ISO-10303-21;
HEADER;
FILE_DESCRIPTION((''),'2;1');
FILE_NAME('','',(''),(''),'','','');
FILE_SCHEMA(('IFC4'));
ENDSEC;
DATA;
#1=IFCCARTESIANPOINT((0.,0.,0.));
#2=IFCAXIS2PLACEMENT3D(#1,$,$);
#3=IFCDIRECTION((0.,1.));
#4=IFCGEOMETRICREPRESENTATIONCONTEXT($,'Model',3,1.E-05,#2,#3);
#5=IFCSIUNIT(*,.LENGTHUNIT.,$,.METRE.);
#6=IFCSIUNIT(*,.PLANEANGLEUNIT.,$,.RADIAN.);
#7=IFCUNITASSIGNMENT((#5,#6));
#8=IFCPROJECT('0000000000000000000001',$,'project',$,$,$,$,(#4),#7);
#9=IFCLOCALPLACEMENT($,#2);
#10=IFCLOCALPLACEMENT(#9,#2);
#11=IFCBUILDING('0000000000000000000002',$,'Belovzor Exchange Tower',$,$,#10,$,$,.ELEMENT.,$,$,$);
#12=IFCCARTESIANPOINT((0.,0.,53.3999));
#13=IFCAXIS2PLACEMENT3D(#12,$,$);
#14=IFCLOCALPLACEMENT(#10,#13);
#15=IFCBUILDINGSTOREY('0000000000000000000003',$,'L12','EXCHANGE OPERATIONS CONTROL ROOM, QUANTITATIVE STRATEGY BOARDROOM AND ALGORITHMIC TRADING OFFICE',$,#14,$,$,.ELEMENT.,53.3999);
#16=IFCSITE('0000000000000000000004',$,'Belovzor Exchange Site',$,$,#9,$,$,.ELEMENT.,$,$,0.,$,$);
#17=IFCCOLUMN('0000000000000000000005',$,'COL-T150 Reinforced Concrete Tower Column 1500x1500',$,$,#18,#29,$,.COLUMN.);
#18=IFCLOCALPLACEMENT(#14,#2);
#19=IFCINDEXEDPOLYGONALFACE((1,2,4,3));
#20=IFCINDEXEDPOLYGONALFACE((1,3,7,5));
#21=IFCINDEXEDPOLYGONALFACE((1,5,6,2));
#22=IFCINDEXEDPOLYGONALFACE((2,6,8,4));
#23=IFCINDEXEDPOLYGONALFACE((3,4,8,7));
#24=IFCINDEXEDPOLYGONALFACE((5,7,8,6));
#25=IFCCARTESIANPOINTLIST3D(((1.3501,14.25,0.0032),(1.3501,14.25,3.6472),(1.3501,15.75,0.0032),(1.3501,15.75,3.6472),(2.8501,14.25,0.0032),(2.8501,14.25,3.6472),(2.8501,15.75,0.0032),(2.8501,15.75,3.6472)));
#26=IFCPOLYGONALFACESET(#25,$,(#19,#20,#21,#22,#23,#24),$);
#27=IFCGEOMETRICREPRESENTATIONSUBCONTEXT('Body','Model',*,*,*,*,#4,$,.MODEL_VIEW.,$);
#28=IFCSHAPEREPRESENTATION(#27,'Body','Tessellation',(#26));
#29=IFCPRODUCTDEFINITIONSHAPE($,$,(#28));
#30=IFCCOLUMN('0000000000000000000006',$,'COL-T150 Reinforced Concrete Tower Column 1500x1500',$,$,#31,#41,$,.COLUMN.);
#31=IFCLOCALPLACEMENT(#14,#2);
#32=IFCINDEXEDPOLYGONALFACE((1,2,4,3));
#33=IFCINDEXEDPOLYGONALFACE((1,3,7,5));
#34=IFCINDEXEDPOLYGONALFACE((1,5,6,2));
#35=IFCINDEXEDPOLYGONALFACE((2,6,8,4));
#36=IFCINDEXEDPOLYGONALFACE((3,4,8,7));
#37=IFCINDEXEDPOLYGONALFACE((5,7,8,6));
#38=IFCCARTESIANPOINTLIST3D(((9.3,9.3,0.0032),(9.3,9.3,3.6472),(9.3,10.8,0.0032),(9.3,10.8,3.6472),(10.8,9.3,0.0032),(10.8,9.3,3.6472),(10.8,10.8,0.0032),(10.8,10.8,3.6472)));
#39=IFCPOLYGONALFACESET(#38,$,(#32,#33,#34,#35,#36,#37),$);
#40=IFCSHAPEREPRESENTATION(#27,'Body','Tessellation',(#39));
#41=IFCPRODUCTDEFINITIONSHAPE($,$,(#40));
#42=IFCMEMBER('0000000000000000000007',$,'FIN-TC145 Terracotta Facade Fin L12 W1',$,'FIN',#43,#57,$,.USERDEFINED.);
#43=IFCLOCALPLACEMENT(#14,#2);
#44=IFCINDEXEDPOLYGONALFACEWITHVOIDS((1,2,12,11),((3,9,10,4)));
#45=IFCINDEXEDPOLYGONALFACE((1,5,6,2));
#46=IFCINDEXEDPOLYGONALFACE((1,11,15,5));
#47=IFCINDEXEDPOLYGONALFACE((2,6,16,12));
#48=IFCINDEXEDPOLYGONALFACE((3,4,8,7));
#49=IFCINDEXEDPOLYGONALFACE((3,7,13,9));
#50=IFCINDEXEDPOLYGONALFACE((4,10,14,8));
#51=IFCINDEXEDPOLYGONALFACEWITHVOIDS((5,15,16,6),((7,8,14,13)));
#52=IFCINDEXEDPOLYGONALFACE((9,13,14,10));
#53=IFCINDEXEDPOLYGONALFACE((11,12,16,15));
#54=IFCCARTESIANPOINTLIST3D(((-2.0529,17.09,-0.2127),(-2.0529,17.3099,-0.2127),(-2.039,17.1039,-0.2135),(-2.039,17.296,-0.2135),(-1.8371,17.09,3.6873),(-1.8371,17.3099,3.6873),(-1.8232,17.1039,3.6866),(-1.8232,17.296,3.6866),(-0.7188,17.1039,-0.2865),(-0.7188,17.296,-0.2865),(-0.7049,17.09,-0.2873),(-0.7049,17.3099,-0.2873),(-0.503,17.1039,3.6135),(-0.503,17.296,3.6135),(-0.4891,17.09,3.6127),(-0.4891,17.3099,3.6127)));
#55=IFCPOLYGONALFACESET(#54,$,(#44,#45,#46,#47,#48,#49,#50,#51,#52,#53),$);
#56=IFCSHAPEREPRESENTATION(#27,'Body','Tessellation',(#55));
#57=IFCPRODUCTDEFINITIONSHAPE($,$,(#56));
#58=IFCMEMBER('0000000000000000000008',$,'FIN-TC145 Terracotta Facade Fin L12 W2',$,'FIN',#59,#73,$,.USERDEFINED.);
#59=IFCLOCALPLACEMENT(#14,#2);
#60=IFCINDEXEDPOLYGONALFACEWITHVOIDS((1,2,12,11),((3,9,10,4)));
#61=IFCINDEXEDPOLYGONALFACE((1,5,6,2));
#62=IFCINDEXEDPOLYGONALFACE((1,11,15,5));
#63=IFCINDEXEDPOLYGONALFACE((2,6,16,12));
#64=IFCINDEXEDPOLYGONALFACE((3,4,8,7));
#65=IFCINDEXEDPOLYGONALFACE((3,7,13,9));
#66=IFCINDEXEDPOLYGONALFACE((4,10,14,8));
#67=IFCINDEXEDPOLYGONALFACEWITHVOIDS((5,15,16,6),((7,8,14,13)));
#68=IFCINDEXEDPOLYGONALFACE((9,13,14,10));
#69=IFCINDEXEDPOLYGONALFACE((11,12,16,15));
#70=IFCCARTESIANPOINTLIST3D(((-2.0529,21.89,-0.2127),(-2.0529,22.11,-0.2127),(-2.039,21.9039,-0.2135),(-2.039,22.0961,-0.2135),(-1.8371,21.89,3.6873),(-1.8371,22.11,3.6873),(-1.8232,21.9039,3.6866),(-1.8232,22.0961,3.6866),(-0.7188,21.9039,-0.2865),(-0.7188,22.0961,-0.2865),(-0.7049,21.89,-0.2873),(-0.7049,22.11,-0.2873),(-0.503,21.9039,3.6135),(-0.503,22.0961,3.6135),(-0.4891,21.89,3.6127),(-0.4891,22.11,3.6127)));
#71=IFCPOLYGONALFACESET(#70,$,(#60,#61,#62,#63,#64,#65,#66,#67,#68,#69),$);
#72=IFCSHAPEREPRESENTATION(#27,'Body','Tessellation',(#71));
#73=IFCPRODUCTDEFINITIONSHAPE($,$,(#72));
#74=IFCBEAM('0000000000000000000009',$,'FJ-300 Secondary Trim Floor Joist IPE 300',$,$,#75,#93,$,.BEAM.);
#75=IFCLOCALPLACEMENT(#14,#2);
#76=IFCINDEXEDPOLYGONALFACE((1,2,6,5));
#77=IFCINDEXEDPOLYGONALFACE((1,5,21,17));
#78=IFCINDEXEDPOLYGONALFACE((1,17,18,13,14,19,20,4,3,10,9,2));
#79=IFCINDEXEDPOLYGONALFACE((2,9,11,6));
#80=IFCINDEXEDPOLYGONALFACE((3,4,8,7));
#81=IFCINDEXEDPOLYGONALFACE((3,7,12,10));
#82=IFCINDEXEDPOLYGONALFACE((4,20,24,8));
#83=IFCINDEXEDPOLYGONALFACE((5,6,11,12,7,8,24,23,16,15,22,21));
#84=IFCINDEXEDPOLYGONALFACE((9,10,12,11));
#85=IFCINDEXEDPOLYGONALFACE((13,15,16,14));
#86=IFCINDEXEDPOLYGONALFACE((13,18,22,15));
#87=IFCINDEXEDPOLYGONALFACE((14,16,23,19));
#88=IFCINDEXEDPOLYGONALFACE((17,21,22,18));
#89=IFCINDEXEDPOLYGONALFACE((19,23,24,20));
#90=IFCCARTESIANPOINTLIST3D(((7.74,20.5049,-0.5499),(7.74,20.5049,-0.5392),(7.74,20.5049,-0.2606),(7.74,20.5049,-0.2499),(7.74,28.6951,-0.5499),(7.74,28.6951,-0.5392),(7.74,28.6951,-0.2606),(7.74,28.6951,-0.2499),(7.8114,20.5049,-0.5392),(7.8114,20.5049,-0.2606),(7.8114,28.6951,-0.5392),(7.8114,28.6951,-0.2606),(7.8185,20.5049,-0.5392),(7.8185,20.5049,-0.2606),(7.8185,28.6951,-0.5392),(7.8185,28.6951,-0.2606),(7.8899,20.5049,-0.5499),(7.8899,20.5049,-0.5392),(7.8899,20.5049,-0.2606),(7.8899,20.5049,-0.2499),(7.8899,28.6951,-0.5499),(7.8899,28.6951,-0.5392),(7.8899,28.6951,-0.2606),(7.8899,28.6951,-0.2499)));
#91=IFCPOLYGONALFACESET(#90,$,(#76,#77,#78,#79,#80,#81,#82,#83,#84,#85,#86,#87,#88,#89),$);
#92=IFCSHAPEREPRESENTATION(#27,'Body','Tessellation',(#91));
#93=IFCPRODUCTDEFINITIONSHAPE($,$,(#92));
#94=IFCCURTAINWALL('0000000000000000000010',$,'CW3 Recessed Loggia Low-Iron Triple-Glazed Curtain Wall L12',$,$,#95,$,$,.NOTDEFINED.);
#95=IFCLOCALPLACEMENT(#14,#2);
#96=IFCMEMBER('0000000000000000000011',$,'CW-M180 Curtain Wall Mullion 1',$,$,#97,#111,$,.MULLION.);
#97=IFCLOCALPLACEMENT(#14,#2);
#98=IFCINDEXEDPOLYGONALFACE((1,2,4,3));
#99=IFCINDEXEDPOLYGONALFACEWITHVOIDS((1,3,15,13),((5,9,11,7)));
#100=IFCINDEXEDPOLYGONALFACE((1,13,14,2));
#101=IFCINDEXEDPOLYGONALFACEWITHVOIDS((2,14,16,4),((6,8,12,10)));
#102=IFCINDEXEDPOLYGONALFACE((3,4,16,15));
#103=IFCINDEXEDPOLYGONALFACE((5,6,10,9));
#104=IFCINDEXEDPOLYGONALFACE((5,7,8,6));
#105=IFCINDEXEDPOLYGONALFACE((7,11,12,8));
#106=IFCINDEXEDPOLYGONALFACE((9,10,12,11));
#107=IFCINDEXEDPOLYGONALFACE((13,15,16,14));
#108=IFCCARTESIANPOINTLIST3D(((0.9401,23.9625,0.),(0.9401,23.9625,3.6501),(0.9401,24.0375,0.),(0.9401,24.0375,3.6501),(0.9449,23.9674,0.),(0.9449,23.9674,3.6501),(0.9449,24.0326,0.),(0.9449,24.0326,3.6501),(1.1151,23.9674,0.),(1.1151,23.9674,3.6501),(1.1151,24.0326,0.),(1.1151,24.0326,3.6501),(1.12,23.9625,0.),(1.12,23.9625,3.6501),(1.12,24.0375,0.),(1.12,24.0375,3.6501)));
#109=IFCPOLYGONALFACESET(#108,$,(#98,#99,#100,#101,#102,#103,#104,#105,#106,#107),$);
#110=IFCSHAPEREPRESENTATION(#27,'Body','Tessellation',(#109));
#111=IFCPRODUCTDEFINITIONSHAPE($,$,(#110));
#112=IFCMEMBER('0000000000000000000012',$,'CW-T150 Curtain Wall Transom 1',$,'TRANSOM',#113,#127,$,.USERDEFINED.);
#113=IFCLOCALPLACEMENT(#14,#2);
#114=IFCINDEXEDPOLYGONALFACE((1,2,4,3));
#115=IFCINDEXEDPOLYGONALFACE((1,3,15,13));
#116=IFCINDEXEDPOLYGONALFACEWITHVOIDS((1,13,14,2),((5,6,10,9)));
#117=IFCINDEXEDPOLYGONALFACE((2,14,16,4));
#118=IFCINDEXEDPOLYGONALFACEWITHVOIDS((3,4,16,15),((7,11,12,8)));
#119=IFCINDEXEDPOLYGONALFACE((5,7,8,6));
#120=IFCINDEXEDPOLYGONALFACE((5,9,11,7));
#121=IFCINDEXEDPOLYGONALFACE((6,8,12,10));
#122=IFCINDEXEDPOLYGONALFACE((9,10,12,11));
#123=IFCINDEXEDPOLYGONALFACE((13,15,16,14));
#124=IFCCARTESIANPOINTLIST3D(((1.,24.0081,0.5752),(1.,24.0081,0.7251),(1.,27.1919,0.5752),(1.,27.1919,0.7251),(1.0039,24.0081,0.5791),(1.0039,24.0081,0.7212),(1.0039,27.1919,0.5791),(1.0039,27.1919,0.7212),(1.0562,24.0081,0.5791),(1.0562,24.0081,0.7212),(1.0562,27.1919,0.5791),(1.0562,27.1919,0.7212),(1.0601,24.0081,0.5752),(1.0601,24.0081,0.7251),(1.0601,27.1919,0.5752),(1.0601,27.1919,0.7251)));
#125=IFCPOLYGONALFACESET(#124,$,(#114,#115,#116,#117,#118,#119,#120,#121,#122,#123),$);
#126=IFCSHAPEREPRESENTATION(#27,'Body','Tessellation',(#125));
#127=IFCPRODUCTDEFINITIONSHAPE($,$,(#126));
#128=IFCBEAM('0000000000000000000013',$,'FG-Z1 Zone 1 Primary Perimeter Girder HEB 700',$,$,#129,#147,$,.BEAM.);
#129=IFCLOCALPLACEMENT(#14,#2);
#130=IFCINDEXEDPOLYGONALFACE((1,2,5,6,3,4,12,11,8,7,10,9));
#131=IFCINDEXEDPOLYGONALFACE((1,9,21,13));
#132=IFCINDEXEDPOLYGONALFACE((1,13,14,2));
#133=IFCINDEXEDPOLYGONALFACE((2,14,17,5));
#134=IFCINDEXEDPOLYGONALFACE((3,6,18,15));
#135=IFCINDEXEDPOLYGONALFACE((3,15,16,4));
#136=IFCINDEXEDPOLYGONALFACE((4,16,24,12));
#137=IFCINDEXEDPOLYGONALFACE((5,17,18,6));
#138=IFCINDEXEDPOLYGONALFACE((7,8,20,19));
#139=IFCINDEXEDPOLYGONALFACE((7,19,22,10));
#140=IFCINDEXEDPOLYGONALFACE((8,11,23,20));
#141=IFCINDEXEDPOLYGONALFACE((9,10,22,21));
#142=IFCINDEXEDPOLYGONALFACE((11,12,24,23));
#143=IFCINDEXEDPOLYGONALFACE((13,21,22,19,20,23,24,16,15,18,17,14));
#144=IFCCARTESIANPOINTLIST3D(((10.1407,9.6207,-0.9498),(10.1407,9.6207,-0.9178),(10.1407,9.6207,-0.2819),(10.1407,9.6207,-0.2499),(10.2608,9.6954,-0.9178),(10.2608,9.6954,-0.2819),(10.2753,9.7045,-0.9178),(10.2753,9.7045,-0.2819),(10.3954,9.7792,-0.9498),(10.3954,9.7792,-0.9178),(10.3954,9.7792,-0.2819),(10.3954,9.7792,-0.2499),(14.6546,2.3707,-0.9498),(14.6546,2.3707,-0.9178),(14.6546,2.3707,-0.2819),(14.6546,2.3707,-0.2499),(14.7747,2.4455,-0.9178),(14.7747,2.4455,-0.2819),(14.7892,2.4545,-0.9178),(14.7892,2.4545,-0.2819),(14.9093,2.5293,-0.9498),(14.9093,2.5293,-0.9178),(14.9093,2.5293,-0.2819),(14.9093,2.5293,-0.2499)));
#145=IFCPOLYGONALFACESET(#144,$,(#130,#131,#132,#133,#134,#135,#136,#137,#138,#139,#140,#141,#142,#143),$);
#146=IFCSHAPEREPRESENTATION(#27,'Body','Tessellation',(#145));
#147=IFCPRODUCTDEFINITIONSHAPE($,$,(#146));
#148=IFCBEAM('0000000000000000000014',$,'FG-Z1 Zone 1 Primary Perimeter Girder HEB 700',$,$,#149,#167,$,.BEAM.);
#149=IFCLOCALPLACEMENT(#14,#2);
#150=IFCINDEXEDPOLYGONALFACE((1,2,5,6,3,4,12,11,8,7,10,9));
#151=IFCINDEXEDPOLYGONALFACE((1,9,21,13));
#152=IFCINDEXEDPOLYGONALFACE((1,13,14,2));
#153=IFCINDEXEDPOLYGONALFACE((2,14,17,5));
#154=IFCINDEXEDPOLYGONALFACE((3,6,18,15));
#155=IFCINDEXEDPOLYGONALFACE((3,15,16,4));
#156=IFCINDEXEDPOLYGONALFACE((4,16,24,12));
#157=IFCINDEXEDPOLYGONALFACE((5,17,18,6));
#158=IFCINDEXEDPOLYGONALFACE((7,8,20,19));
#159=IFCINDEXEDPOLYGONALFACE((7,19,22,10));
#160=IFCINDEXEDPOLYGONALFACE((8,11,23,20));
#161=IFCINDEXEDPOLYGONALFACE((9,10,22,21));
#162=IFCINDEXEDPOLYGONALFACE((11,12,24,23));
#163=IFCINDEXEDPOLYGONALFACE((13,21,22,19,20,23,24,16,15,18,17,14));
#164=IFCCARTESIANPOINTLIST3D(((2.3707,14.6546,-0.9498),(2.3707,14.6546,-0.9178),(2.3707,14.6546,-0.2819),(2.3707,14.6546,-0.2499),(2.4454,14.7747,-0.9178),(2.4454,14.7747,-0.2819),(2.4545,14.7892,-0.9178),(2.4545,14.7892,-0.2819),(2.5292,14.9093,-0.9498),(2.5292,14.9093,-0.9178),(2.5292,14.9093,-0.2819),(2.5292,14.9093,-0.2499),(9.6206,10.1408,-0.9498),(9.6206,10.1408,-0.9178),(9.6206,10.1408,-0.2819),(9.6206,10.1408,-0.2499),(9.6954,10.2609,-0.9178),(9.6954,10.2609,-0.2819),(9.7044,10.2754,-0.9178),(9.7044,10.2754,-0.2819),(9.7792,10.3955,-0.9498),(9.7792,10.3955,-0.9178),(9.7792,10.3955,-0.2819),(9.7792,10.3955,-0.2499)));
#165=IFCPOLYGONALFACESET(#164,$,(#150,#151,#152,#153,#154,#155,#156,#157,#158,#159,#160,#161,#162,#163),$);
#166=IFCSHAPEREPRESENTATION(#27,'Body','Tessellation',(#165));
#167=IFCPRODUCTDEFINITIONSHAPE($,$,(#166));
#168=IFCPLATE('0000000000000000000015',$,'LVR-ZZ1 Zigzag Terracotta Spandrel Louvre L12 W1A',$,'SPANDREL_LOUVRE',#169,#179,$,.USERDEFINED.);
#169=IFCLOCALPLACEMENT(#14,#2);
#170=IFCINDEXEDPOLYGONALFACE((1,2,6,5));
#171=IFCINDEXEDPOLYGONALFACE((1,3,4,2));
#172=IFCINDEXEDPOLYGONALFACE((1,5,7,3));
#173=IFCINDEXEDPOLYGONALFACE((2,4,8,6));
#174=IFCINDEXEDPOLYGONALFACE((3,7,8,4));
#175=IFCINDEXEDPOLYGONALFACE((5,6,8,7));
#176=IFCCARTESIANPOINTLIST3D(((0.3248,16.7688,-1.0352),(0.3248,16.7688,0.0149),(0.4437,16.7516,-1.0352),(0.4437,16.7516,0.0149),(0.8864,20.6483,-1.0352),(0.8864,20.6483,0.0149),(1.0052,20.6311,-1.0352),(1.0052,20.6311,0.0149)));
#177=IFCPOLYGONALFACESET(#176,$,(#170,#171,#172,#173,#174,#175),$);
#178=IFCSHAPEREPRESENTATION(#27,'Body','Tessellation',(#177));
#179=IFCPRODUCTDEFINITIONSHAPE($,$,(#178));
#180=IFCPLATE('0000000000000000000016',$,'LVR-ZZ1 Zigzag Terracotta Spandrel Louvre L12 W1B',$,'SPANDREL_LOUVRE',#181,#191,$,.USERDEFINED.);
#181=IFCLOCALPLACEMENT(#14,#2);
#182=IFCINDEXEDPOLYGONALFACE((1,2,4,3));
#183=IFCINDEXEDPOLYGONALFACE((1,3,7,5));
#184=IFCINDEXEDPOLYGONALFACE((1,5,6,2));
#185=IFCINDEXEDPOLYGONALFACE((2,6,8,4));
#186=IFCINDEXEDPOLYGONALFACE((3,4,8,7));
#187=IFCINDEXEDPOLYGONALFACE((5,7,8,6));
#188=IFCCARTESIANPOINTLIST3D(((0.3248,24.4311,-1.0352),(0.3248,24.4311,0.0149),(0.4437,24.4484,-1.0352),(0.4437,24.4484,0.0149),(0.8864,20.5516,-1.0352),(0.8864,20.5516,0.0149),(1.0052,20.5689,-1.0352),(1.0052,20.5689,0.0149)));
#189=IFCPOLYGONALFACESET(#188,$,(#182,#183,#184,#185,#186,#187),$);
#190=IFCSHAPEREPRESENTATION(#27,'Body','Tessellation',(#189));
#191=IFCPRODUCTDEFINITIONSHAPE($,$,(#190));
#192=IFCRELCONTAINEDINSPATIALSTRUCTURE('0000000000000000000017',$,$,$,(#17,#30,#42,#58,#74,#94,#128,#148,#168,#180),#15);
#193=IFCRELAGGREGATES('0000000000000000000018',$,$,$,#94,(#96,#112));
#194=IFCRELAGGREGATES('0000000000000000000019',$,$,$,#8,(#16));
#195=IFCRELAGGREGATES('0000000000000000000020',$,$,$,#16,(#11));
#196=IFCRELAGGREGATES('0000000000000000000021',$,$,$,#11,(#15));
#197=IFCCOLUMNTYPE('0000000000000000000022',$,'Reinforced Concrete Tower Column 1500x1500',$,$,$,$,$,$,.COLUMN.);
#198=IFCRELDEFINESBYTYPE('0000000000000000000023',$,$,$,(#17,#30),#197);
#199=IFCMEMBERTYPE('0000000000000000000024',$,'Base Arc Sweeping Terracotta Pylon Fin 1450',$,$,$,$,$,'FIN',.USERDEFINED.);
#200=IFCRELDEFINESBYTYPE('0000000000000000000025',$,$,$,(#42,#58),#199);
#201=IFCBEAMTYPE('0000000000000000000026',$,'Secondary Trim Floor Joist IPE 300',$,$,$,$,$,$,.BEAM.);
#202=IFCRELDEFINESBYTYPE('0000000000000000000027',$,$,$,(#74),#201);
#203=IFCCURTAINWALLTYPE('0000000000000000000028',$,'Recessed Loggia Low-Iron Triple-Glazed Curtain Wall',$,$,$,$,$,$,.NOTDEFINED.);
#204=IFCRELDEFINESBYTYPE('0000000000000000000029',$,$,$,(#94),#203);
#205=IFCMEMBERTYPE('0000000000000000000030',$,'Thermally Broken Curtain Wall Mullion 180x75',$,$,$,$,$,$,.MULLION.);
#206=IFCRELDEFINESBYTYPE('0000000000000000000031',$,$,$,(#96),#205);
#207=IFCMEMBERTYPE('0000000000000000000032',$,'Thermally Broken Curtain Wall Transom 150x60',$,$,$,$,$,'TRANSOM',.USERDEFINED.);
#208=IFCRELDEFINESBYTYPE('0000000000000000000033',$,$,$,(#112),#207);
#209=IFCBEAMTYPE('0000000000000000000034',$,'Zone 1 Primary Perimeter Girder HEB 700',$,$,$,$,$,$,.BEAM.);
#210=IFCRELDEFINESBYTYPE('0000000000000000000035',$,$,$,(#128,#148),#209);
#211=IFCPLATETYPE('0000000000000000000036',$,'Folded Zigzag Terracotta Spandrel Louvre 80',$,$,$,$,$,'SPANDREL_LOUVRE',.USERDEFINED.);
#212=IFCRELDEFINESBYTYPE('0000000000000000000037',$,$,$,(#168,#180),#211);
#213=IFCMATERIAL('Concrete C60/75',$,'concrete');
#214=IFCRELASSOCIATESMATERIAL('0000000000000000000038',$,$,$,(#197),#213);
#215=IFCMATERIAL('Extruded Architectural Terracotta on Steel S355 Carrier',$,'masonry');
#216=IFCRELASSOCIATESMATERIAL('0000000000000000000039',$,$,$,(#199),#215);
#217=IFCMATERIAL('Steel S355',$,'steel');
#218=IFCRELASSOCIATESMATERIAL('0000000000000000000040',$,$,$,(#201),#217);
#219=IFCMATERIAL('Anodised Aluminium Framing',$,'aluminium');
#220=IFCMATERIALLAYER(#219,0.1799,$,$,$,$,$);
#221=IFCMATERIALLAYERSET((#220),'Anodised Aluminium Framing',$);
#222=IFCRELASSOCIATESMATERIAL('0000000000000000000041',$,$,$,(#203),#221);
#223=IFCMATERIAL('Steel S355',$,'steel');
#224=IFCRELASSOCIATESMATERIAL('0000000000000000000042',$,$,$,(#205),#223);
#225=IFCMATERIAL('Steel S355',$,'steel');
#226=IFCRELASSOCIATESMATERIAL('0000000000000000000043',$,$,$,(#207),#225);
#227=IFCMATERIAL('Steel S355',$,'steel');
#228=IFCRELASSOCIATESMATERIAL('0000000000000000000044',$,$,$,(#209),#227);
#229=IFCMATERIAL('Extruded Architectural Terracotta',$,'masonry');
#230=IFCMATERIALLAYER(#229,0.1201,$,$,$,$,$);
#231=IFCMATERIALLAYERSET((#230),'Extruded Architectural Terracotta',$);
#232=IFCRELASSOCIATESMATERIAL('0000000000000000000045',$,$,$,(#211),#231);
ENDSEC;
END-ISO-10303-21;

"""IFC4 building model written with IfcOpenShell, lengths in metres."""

from ifc_helpers import new_model, si_unit, direction, frame, origin, origin_2d, place, context, subcontext, project, spatial, rectangle, hollow_rectangle, i_section, extrude, material, layer, layer_set, material_profile, profile_set, type_object, element, aggregate, save


model = new_model("IFC4")

# Units and contexts
model_context = context("Model", 3, precision=1e-05, world=origin(), true_north=direction((0.0, 1.0)))
body_context = subcontext(model_context, "Body", "Model", "MODEL_VIEW")
ifc_project = project(units=[si_unit("LENGTHUNIT", "METRE"), si_unit("PLANEANGLEUNIT", "RADIAN")], contexts=[model_context])

# Site, building, storey
site_placement = place(None, origin())
site = spatial("IfcSite", under=ifc_project, at=site_placement, Name="Belovzor Exchange Site", CompositionType="ELEMENT", RefElevation=0.0)
building_placement = place(site_placement, origin())
building = spatial("IfcBuilding", under=site, at=building_placement, Name="Belovzor Exchange Tower", CompositionType="ELEMENT")
storey_placement = place(building_placement, frame((0.0, 0.0, 53.3999)))
storey = spatial("IfcBuildingStorey", under=building, at=storey_placement, Name="L12", Description="EXCHANGE OPERATIONS CONTROL ROOM, QUANTITATIVE STRATEGY BOARDROOM AND ALGORITHMIC TRADING OFFICE", CompositionType="ELEMENT", Elevation=53.3999)

# Columns
ifc_material_1 = material(Name="Concrete C60/75", Category="concrete")
ifc_material_profile_1 = material_profile(ifc_material_1, rectangle(XDim=1.5, YDim=1.5, at=origin_2d()))
ifc_profile_set_1 = profile_set([ifc_material_profile_1], Name="Concrete C60/75")
column_type = type_object("IfcColumnType", Name="Reinforced Concrete Tower Column 1500x1500", PredefinedType="COLUMN", material=ifc_profile_set_1)
for number, where, z_axis, x_axis, name in (
    (1, (2.1001, 15.0, 0.0032), (0.0, 0.0, 1.0), (1.0, 0.0, 0.0), "COL-T150 Reinforced Concrete Tower Column 1500x1500"),
    (2, (10.05, 10.05, 0.0032), (0.0, 0.0, 1.0), (1.0, 0.0, 0.0), "COL-T150 Reinforced Concrete Tower Column 1500x1500"),
):
    element("IfcColumn", number, at=place(storey_placement, frame(where, z_axis=z_axis, x_axis=x_axis)), inside=storey, type_object=column_type, Name=name, PredefinedType="COLUMN", context=body_context, shape_type="SweptSolid", body=[
        extrude(rectangle(XDim=1.5, YDim=1.5, at=origin_2d()), origin(), (0.0, 0.0, 1.0), 3.644),
    ])

# Members
ifc_material_2 = material(Name="Extruded Architectural Terracotta on Steel S355 Carrier", Category="masonry")
ifc_material_profile_2 = material_profile(ifc_material_2, hollow_rectangle(XDim=0.22, YDim=1.3501, WallThickness=0.0139, at=origin_2d()))
ifc_profile_set_2 = profile_set([ifc_material_profile_2], Name="Extruded Architectural Terracotta on Steel S355 Carrier")
member_type_1 = type_object("IfcMemberType", Name="Base Arc Sweeping Terracotta Pylon Fin 1450", ElementType="FIN", PredefinedType="USERDEFINED", material=ifc_profile_set_2)
for number, where, z_axis, x_axis, name in (
    (3, (-1.3789, 17.2, -0.25), (0.055252, 0.0, 0.998472), (0.0, 1.0, 0.0), "FIN-TC145 Terracotta Facade Fin L12 W1"),
    (4, (-1.3789, 22.0, -0.25), (0.055252, 0.0, 0.998472), (0.0, 1.0, 0.0), "FIN-TC145 Terracotta Facade Fin L12 W2"),
):
    element("IfcMember", number, at=place(storey_placement, frame(where, z_axis=z_axis, x_axis=x_axis)), inside=storey, type_object=member_type_1, Name=name, ObjectType="FIN", PredefinedType="USERDEFINED", context=body_context, shape_type="SweptSolid", body=[
        extrude(hollow_rectangle(XDim=0.22, YDim=1.3501, WallThickness=0.0139, at=origin_2d()), origin(), (0.0, 0.0, 1.0), 3.906),
    ])

# Beam
ifc_material_3 = material(Name="Steel S355", Category="steel")
ifc_material_profile_3 = material_profile(ifc_material_3, i_section(OverallWidth=0.1499, OverallDepth=0.3, WebThickness=0.0071, FlangeThickness=0.0107, at=origin_2d()))
ifc_profile_set_3 = profile_set([ifc_material_profile_3], Name="Steel S355")
beam_type_1 = type_object("IfcBeamType", Name="Secondary Trim Floor Joist IPE 300", PredefinedType="BEAM", material=ifc_profile_set_3)
beam_placement = place(storey_placement, frame((7.8149, 20.5049, -0.3999), z_axis=(0.0, 1.0, 0.0), x_axis=(-1.0, 0.0, 0.0)))
element("IfcBeam", 5, at=beam_placement, inside=storey, type_object=beam_type_1, Name="FJ-300 Secondary Trim Floor Joist IPE 300", PredefinedType="BEAM", context=body_context, shape_type="SweptSolid", body=[
    extrude(i_section(OverallWidth=0.1499, OverallDepth=0.3, WebThickness=0.0071, FlangeThickness=0.0107, at=origin_2d()), origin(), (0.0, 0.0, 1.0), 8.1902),
])

# Curtain wall, members
ifc_material_4 = material(Name="Anodised Aluminium Framing", Category="aluminium")
ifc_layer_1 = layer(ifc_material_4, 0.1799)
ifc_layer_set_1 = layer_set([ifc_layer_1], Name="Anodised Aluminium Framing")
curtain_wall_type = type_object("IfcCurtainWallType", Name="Recessed Loggia Low-Iron Triple-Glazed Curtain Wall", PredefinedType="NOTDEFINED", material=ifc_layer_set_1)
curtain_wall_placement = place(storey_placement, origin())
curtain_wall = element("IfcCurtainWall", 6, at=curtain_wall_placement, inside=storey, type_object=curtain_wall_type, Name="CW3 Recessed Loggia Low-Iron Triple-Glazed Curtain Wall L12", PredefinedType="NOTDEFINED")
ifc_material_5 = material(Name="Steel S355", Category="steel")
ifc_material_profile_4 = material_profile(ifc_material_5, hollow_rectangle(XDim=0.075, YDim=0.1799, WallThickness=0.0049, at=origin_2d()))
ifc_profile_set_4 = profile_set([ifc_material_profile_4], Name="Steel S355")
member_type_2 = type_object("IfcMemberType", Name="Thermally Broken Curtain Wall Mullion 180x75", PredefinedType="MULLION", material=ifc_profile_set_4)
member_1_placement = place(storey_placement, frame((1.03, 24.0, 0.0), z_axis=(0.0, 0.0, 1.0), x_axis=(0.0, 1.0, 0.0)))
member_1 = element("IfcMember", 7, at=member_1_placement, type_object=member_type_2, Name="CW-M180 Curtain Wall Mullion 1", PredefinedType="MULLION", context=body_context, shape_type="SweptSolid", body=[
    extrude(hollow_rectangle(XDim=0.075, YDim=0.1799, WallThickness=0.0049, at=origin_2d()), origin(), (0.0, 0.0, 1.0), 3.6501),
])
ifc_material_6 = material(Name="Steel S355", Category="steel")
ifc_material_profile_5 = material_profile(ifc_material_6, hollow_rectangle(XDim=0.0601, YDim=0.1499, WallThickness=0.0039, at=origin_2d()))
ifc_profile_set_5 = profile_set([ifc_material_profile_5], Name="Steel S355")
member_type_3 = type_object("IfcMemberType", Name="Thermally Broken Curtain Wall Transom 150x60", ElementType="TRANSOM", PredefinedType="USERDEFINED", material=ifc_profile_set_5)
member_2_placement = place(storey_placement, frame((1.03, 24.0081, 0.6501), z_axis=(0.0, 1.0, 0.0), x_axis=(-1.0, 0.0, 0.0)))
member_2 = element("IfcMember", 8, at=member_2_placement, type_object=member_type_3, Name="CW-T150 Curtain Wall Transom 1", ObjectType="TRANSOM", PredefinedType="USERDEFINED", context=body_context, shape_type="SweptSolid", body=[
    extrude(hollow_rectangle(XDim=0.0601, YDim=0.1499, WallThickness=0.0039, at=origin_2d()), origin(), (0.0, 0.0, 1.0), 3.1838),
])

# Beams
ifc_material_7 = material(Name="Steel S355", Category="steel")
ifc_material_profile_6 = material_profile(ifc_material_7, i_section(OverallWidth=0.3, OverallDepth=0.7, WebThickness=0.0171, FlangeThickness=0.032, at=origin_2d()))
ifc_profile_set_6 = profile_set([ifc_material_profile_6], Name="Steel S355")
beam_type_2 = type_object("IfcBeamType", Name="Zone 1 Primary Perimeter Girder HEB 700", PredefinedType="BEAM", material=ifc_profile_set_6)
for number, where, z_axis, x_axis, name in (
    (9, (10.2681, 9.7, -0.5999), (0.528539, -0.848909, 0.0), (0.848909, 0.528539, 0.0), "FG-Z1 Zone 1 Primary Perimeter Girder HEB 700"),
    (10, (2.45, 14.782, -0.5999), (0.848909, -0.528539, 0.0), (0.528539, 0.848909, 0.0), "FG-Z1 Zone 1 Primary Perimeter Girder HEB 700"),
):
    element("IfcBeam", number, at=place(storey_placement, frame(where, z_axis=z_axis, x_axis=x_axis)), inside=storey, type_object=beam_type_2, Name=name, PredefinedType="BEAM", context=body_context, shape_type="SweptSolid", body=[
        extrude(i_section(OverallWidth=0.3, OverallDepth=0.7, WebThickness=0.0171, FlangeThickness=0.032, at=origin_2d()), origin(), (0.0, 0.0, 1.0), 8.5403),
    ])

# Plates
ifc_material_8 = material(Name="Extruded Architectural Terracotta", Category="masonry")
ifc_layer_2 = layer(ifc_material_8, 0.1201)
ifc_layer_set_2 = layer_set([ifc_layer_2], Name="Extruded Architectural Terracotta")
plate_type_1 = type_object("IfcPlateType", Name="Folded Zigzag Terracotta Spandrel Louvre 80", ElementType="SPANDREL_LOUVRE", PredefinedType="USERDEFINED", material=ifc_layer_set_2)
for number, where, z_axis, x_axis, name in (
    (11, (0.665, 18.7, -1.0352), (0.0, 0.0, 1.0), (0.143251, 0.989686, 0.0), "LVR-ZZ1 Zigzag Terracotta Spandrel Louvre L12 W1A"),
    (12, (0.665, 22.5, -1.0352), (0.0, 0.0, 1.0), (-0.143251, 0.989686, 0.0), "LVR-ZZ1 Zigzag Terracotta Spandrel Louvre L12 W1B"),
):
    element("IfcPlate", number, at=place(storey_placement, frame(where, z_axis=z_axis, x_axis=x_axis)), inside=storey, type_object=plate_type_1, Name=name, ObjectType="SPANDREL_LOUVRE", PredefinedType="USERDEFINED", context=body_context, shape_type="SweptSolid", body=[
        extrude(rectangle(XDim=3.9199, YDim=0.1201, at=origin_2d()), origin(), (0.0, 0.0, 1.0), 1.05),
    ])

aggregate(curtain_wall, [member_1, member_2])

save(model, "model.ifc")
